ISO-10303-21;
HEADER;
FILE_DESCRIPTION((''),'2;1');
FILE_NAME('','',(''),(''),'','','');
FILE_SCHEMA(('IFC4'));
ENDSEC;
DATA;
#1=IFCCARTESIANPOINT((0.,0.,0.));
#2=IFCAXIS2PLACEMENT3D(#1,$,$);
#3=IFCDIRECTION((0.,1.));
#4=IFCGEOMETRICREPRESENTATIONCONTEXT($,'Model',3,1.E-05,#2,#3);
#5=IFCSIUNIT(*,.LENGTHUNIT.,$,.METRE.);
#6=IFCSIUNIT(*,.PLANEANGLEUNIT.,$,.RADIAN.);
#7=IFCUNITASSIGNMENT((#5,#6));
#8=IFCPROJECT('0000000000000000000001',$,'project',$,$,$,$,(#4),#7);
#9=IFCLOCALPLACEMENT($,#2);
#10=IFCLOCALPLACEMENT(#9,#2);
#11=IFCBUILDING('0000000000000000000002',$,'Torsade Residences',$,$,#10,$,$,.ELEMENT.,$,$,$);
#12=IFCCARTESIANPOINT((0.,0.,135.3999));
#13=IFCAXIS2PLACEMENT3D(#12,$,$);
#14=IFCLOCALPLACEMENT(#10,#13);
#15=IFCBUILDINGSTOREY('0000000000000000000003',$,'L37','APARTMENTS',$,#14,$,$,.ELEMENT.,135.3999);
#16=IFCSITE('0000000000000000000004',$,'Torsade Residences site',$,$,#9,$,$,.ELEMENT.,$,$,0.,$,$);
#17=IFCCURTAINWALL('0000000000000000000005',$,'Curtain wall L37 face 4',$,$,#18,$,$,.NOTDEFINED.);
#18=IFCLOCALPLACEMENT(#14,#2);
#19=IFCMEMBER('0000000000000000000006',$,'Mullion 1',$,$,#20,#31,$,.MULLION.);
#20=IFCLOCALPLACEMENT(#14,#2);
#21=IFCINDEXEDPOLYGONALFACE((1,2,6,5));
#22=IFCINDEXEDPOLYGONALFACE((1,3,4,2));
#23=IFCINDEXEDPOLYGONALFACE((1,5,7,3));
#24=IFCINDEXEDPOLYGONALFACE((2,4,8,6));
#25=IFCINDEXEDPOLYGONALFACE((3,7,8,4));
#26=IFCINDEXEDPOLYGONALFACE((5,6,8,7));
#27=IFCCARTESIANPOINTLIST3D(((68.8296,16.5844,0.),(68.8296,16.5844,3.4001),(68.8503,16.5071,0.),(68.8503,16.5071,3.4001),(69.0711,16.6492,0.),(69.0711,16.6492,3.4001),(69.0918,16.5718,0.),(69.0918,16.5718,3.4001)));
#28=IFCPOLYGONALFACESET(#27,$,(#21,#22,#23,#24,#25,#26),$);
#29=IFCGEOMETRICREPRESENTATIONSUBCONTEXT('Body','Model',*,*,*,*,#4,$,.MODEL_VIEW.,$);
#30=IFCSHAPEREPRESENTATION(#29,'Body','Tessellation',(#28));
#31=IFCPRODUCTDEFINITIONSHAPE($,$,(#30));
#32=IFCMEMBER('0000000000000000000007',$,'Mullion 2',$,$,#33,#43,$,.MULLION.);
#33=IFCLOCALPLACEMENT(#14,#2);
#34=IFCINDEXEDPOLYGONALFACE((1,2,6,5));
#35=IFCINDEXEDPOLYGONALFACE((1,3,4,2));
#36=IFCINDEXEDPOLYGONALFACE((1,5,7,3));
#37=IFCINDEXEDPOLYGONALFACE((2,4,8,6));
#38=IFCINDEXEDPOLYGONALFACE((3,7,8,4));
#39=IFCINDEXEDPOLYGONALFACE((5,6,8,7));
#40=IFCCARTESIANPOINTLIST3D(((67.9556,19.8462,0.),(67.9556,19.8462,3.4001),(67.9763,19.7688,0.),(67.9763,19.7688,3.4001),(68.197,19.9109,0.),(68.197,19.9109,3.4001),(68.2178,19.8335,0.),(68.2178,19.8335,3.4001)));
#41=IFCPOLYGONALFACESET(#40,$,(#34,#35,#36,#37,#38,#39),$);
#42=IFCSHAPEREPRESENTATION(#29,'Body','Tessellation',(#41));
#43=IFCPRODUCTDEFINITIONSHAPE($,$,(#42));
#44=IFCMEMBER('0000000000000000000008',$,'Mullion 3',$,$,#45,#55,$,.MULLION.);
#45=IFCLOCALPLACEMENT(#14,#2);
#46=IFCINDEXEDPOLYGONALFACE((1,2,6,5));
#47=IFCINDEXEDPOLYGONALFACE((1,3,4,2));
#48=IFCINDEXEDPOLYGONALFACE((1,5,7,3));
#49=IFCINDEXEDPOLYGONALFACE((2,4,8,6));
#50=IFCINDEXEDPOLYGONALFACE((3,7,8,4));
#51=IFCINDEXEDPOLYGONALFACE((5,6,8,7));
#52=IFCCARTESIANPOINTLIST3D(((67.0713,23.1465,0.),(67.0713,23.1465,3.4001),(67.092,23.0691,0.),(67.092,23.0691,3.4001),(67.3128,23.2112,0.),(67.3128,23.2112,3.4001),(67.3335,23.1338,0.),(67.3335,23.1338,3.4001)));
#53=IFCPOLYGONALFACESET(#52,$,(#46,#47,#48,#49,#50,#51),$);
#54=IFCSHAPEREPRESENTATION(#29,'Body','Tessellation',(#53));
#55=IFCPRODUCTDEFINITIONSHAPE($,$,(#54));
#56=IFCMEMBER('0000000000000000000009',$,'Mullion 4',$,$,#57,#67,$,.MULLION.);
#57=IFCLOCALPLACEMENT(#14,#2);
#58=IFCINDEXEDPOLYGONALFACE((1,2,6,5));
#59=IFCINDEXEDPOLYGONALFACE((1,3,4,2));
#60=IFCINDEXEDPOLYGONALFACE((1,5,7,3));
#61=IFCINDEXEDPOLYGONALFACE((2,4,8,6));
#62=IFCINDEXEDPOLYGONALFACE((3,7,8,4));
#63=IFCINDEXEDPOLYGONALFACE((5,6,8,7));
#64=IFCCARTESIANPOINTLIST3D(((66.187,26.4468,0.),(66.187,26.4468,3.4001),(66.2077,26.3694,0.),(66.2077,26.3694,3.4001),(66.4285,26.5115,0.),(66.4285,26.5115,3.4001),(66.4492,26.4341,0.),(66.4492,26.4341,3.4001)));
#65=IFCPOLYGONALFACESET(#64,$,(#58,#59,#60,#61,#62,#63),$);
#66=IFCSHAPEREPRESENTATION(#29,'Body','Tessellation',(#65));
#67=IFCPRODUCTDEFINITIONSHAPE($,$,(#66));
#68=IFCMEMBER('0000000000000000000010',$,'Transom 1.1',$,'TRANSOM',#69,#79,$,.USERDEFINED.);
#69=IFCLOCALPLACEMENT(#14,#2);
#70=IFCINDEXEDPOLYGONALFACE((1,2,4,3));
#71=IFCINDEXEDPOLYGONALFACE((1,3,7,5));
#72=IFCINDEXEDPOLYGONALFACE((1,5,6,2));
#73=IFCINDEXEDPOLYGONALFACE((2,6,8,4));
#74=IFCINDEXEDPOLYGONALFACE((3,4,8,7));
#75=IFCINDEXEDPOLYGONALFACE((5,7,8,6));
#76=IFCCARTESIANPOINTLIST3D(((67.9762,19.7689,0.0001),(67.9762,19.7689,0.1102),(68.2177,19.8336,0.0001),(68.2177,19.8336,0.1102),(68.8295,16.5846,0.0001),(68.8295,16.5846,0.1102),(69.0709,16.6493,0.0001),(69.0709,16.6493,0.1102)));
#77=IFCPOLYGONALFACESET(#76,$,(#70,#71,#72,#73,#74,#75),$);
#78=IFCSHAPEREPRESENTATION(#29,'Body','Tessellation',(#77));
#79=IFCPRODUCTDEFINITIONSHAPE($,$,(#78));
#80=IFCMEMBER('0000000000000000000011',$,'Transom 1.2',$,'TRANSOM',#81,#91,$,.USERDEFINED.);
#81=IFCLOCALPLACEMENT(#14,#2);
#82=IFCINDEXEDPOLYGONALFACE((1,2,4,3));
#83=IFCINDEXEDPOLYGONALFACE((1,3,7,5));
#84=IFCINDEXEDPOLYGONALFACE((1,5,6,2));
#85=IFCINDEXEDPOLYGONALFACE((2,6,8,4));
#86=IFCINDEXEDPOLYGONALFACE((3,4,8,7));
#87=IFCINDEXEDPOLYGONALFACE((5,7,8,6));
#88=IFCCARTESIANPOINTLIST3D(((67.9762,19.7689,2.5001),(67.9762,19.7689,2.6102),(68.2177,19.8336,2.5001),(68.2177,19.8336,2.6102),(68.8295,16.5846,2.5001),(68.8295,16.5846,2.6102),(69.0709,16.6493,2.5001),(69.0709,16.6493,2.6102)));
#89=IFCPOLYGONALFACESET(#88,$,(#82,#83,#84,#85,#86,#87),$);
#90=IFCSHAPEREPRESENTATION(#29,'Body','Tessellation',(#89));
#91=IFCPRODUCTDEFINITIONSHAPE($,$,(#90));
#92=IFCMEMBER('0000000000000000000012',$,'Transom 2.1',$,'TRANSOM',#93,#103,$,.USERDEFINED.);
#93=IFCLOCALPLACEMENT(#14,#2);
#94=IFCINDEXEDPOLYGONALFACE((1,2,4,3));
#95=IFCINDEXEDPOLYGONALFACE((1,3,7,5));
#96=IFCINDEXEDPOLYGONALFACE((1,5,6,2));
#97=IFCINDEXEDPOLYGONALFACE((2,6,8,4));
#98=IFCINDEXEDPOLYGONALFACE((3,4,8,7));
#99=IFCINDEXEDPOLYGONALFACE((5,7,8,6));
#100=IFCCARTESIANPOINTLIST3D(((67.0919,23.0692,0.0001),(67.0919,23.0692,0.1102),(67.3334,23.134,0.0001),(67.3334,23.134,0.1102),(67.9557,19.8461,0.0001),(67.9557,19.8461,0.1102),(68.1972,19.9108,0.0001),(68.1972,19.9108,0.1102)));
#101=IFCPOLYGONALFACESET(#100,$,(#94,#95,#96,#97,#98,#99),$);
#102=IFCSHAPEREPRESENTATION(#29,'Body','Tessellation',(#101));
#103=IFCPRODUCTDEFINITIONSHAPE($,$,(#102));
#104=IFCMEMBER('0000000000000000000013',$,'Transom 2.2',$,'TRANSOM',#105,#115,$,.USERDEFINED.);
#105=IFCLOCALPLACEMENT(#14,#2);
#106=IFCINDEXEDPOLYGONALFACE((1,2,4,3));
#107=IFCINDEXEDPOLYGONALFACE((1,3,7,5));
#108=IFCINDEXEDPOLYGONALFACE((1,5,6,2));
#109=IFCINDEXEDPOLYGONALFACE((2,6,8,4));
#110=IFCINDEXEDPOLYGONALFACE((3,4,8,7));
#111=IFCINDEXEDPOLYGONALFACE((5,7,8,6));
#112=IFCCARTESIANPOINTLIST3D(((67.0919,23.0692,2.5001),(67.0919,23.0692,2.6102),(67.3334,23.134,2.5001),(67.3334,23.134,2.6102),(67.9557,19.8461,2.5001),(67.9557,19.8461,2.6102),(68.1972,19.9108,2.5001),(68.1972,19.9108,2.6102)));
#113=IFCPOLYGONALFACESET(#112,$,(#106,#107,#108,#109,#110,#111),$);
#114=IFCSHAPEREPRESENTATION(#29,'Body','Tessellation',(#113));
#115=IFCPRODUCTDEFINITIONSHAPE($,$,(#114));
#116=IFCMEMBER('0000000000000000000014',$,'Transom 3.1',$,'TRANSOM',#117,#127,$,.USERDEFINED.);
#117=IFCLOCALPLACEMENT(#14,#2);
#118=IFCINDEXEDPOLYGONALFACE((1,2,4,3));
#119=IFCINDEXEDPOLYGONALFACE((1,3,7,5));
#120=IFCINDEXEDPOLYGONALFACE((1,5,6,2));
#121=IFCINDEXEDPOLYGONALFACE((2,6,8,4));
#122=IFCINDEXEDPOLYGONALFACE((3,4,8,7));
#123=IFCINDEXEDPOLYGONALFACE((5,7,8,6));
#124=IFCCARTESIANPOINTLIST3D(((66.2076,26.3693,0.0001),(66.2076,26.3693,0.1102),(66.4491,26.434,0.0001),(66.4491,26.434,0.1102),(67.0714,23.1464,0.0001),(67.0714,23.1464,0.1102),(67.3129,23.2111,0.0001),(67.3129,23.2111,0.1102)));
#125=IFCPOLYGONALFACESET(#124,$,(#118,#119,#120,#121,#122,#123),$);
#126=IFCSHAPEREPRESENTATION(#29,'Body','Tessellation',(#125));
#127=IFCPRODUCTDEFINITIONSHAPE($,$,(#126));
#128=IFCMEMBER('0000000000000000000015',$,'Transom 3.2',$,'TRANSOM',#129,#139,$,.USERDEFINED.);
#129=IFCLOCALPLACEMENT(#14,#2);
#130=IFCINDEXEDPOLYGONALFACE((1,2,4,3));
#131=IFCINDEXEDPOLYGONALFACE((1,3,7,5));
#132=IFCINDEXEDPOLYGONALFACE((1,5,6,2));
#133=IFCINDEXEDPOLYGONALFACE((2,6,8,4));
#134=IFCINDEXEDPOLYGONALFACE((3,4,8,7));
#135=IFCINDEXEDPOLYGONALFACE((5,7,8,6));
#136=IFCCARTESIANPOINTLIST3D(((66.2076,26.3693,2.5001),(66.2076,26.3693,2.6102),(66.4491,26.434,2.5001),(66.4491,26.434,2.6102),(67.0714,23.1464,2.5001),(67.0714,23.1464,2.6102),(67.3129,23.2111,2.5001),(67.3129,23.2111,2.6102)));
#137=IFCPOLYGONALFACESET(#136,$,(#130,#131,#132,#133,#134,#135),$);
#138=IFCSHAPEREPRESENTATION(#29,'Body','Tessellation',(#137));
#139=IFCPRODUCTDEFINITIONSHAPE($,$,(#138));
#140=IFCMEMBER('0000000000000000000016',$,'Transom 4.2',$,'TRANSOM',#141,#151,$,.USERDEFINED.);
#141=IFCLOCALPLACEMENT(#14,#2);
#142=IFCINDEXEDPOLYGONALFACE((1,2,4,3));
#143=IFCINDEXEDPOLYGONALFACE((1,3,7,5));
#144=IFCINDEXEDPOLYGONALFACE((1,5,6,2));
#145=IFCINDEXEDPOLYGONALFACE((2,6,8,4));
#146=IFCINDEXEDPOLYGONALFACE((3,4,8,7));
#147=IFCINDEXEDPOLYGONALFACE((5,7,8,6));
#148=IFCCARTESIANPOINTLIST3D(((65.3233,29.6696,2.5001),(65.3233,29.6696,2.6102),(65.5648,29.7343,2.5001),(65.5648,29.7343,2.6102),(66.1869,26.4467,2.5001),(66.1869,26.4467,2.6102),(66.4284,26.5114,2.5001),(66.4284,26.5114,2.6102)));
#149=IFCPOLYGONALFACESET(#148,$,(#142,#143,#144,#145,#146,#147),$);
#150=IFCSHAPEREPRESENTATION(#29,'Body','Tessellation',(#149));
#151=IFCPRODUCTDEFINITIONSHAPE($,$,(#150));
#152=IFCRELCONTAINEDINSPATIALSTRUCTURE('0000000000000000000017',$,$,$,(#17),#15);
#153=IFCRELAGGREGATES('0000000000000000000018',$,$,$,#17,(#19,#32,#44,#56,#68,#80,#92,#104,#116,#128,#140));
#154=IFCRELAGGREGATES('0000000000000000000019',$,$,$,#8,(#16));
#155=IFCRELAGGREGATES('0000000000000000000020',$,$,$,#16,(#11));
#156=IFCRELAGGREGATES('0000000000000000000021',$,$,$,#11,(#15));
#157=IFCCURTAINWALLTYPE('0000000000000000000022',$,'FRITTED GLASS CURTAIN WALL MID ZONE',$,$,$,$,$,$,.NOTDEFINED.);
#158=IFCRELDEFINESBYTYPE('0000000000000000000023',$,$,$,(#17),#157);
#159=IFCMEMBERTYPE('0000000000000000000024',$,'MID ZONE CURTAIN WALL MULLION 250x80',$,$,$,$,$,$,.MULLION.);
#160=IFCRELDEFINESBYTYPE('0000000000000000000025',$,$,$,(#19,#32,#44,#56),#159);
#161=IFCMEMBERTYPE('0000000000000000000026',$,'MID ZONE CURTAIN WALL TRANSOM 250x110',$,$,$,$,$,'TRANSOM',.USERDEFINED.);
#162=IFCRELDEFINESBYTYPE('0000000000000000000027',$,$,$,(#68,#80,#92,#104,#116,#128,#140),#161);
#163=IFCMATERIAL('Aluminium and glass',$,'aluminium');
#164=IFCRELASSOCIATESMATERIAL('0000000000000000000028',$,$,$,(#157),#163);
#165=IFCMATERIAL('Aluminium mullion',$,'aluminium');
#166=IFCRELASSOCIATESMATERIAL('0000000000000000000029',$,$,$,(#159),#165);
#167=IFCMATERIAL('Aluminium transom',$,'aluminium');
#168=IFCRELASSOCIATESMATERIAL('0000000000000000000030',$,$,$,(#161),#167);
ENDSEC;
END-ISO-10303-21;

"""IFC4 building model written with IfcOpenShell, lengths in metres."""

from ifc_helpers import new_model, si_unit, direction, frame, origin, origin_2d, place, context, subcontext, project, spatial, rectangle, extrude, material, material_profile, profile_set, type_object, element, aggregate, save


model = new_model("IFC4")

# Units and contexts
model_context = context("Model", 3, precision=1e-05, world=origin(), true_north=direction((0.0, 1.0)))
body_context = subcontext(model_context, "Body", "Model", "MODEL_VIEW")
ifc_project = project(units=[si_unit("LENGTHUNIT", "METRE"), si_unit("PLANEANGLEUNIT", "RADIAN")], contexts=[model_context])

# Site, building, storey
site_placement = place(None, origin())
site = spatial("IfcSite", under=ifc_project, at=site_placement, Name="Torsade Residences site", CompositionType="ELEMENT", RefElevation=0.0)
building_placement = place(site_placement, origin())
building = spatial("IfcBuilding", under=site, at=building_placement, Name="Torsade Residences", CompositionType="ELEMENT")
storey_placement = place(building_placement, frame((0.0, 0.0, 135.3999)))
storey = spatial("IfcBuildingStorey", under=building, at=storey_placement, Name="L37", Description="APARTMENTS", CompositionType="ELEMENT", Elevation=135.3999)

# Curtain wall, members
ifc_material_1 = material(Name="Aluminium and glass", Category="aluminium")
curtain_wall_type = type_object("IfcCurtainWallType", Name="FRITTED GLASS CURTAIN WALL MID ZONE", PredefinedType="NOTDEFINED", material=ifc_material_1)
curtain_wall_placement = place(storey_placement, origin())
curtain_wall = element("IfcCurtainWall", 1, at=curtain_wall_placement, inside=storey, type_object=curtain_wall_type, Name="Curtain wall L37 face 4", PredefinedType="NOTDEFINED")
ifc_material_2 = material(Name="Aluminium mullion", Category="aluminium")
ifc_material_profile_1 = material_profile(ifc_material_2, rectangle(XDim=0.25, YDim=0.0801, at=origin_2d()), Name="MID ZONE CURTAIN WALL MULLION 250x80")
ifc_profile_set_1 = profile_set([ifc_material_profile_1], Name="Aluminium mullion")
member_type_1 = type_object("IfcMemberType", Name="MID ZONE CURTAIN WALL MULLION 250x80", PredefinedType="MULLION", material=ifc_profile_set_1)
member_1_placement = place(storey_placement, frame((68.9607, 16.5781, 0.0), z_axis=(0.0, 0.0, 1.0), x_axis=(-0.965926, -0.258819, 0.0)))
member_1 = element("IfcMember", 2, at=member_1_placement, type_object=member_type_1, Name="Mullion 1", PredefinedType="MULLION", context=body_context, shape_type="SweptSolid", body=[
    extrude(rectangle(XDim=0.25, YDim=0.0801, at=origin_2d()), origin(), (0.0, 0.0, 1.0), 3.4001),
])
member_2_placement = place(storey_placement, frame((68.0867, 19.8398, 0.0), z_axis=(0.0, 0.0, 1.0), x_axis=(-0.965926, -0.258819, 0.0)))
member_2 = element("IfcMember", 3, at=member_2_placement, type_object=member_type_1, Name="Mullion 2", PredefinedType="MULLION", context=body_context, shape_type="SweptSolid", body=[
    extrude(rectangle(XDim=0.25, YDim=0.0801, at=origin_2d()), origin(), (0.0, 0.0, 1.0), 3.4001),
])
member_3_placement = place(storey_placement, frame((67.2024, 23.1401, 0.0), z_axis=(0.0, 0.0, 1.0), x_axis=(-0.965926, -0.258819, 0.0)))
member_3 = element("IfcMember", 4, at=member_3_placement, type_object=member_type_1, Name="Mullion 3", PredefinedType="MULLION", context=body_context, shape_type="SweptSolid", body=[
    extrude(rectangle(XDim=0.25, YDim=0.0801, at=origin_2d()), origin(), (0.0, 0.0, 1.0), 3.4001),
])
member_4_placement = place(storey_placement, frame((66.3181, 26.4404, 0.0), z_axis=(0.0, 0.0, 1.0), x_axis=(-0.965926, -0.258819, 0.0)))
member_4 = element("IfcMember", 5, at=member_4_placement, type_object=member_type_1, Name="Mullion 4", PredefinedType="MULLION", context=body_context, shape_type="SweptSolid", body=[
    extrude(rectangle(XDim=0.25, YDim=0.0801, at=origin_2d()), origin(), (0.0, 0.0, 1.0), 3.4001),
])
ifc_material_3 = material(Name="Aluminium transom", Category="aluminium")
ifc_material_profile_2 = material_profile(ifc_material_3, rectangle(XDim=0.25, YDim=0.1101, at=origin_2d()), Name="MID ZONE CURTAIN WALL TRANSOM 250x110")
ifc_profile_set_2 = profile_set([ifc_material_profile_2], Name="Aluminium transom")
member_type_2 = type_object("IfcMemberType", Name="MID ZONE CURTAIN WALL TRANSOM 250x110", ElementType="TRANSOM", PredefinedType="USERDEFINED", material=ifc_profile_set_2)
member_5_placement = place(storey_placement, frame((68.9502, 16.6169, 0.0552), z_axis=(-0.258829, 0.965923, 0.0), x_axis=(-0.965923, -0.258829, 0.0)))
member_5 = element("IfcMember", 6, at=member_5_placement, type_object=member_type_2, Name="Transom 1.1", ObjectType="TRANSOM", PredefinedType="USERDEFINED", context=body_context, shape_type="SweptSolid", body=[
    extrude(rectangle(XDim=0.25, YDim=0.1101, at=origin_2d()), origin(), (0.0, 0.0, 1.0), 3.2966),
])
member_6_placement = place(storey_placement, frame((68.9502, 16.6169, 2.5552), z_axis=(-0.258829, 0.965923, 0.0), x_axis=(-0.965923, -0.258829, 0.0)))
member_6 = element("IfcMember", 7, at=member_6_placement, type_object=member_type_2, Name="Transom 1.2", ObjectType="TRANSOM", PredefinedType="USERDEFINED", context=body_context, shape_type="SweptSolid", body=[
    extrude(rectangle(XDim=0.25, YDim=0.1101, at=origin_2d()), origin(), (0.0, 0.0, 1.0), 3.2966),
])
member_7_placement = place(storey_placement, frame((68.0764, 19.8784, 0.0552), z_axis=(-0.258856, 0.965916, 0.0), x_axis=(-0.965916, -0.258856, 0.0)))
member_7 = element("IfcMember", 8, at=member_7_placement, type_object=member_type_2, Name="Transom 2.1", ObjectType="TRANSOM", PredefinedType="USERDEFINED", context=body_context, shape_type="SweptSolid", body=[
    extrude(rectangle(XDim=0.25, YDim=0.1101, at=origin_2d()), origin(), (0.0, 0.0, 1.0), 3.3369),
])
member_8_placement = place(storey_placement, frame((68.0764, 19.8784, 2.5552), z_axis=(-0.258856, 0.965916, 0.0), x_axis=(-0.965916, -0.258856, 0.0)))
member_8 = element("IfcMember", 9, at=member_8_placement, type_object=member_type_2, Name="Transom 2.2", ObjectType="TRANSOM", PredefinedType="USERDEFINED", context=body_context, shape_type="SweptSolid", body=[
    extrude(rectangle(XDim=0.25, YDim=0.1101, at=origin_2d()), origin(), (0.0, 0.0, 1.0), 3.3369),
])
member_9_placement = place(storey_placement, frame((67.1921, 23.1787, 0.0552), z_axis=(-0.258874, 0.965911, 0.0), x_axis=(-0.965911, -0.258874, 0.0)))
member_9 = element("IfcMember", 10, at=member_9_placement, type_object=member_type_2, Name="Transom 3.1", ObjectType="TRANSOM", PredefinedType="USERDEFINED", context=body_context, shape_type="SweptSolid", body=[
    extrude(rectangle(XDim=0.25, YDim=0.1101, at=origin_2d()), origin(), (0.0, 0.0, 1.0), 3.3367),
])
member_10_placement = place(storey_placement, frame((67.1921, 23.1787, 2.5552), z_axis=(-0.258874, 0.965911, 0.0), x_axis=(-0.965911, -0.258874, 0.0)))
member_10 = element("IfcMember", 11, at=member_10_placement, type_object=member_type_2, Name="Transom 3.2", ObjectType="TRANSOM", PredefinedType="USERDEFINED", context=body_context, shape_type="SweptSolid", body=[
    extrude(rectangle(XDim=0.25, YDim=0.1101, at=origin_2d()), origin(), (0.0, 0.0, 1.0), 3.3367),
])
member_11_placement = place(storey_placement, frame((66.3076, 26.479, 2.5552), z_axis=(-0.258806, 0.965929, 0.0), x_axis=(-0.965929, -0.258806, 0.0)))
member_11 = element("IfcMember", 12, at=member_11_placement, type_object=member_type_2, Name="Transom 4.2", ObjectType="TRANSOM", PredefinedType="USERDEFINED", context=body_context, shape_type="SweptSolid", body=[
    extrude(rectangle(XDim=0.25, YDim=0.1101, at=origin_2d()), origin(), (0.0, 0.0, 1.0), 3.3367),
])

aggregate(curtain_wall, [member_1, member_2, member_3, member_4, member_5, member_6, member_7, member_8, member_9, member_10, member_11])

save(model, "model.ifc")
